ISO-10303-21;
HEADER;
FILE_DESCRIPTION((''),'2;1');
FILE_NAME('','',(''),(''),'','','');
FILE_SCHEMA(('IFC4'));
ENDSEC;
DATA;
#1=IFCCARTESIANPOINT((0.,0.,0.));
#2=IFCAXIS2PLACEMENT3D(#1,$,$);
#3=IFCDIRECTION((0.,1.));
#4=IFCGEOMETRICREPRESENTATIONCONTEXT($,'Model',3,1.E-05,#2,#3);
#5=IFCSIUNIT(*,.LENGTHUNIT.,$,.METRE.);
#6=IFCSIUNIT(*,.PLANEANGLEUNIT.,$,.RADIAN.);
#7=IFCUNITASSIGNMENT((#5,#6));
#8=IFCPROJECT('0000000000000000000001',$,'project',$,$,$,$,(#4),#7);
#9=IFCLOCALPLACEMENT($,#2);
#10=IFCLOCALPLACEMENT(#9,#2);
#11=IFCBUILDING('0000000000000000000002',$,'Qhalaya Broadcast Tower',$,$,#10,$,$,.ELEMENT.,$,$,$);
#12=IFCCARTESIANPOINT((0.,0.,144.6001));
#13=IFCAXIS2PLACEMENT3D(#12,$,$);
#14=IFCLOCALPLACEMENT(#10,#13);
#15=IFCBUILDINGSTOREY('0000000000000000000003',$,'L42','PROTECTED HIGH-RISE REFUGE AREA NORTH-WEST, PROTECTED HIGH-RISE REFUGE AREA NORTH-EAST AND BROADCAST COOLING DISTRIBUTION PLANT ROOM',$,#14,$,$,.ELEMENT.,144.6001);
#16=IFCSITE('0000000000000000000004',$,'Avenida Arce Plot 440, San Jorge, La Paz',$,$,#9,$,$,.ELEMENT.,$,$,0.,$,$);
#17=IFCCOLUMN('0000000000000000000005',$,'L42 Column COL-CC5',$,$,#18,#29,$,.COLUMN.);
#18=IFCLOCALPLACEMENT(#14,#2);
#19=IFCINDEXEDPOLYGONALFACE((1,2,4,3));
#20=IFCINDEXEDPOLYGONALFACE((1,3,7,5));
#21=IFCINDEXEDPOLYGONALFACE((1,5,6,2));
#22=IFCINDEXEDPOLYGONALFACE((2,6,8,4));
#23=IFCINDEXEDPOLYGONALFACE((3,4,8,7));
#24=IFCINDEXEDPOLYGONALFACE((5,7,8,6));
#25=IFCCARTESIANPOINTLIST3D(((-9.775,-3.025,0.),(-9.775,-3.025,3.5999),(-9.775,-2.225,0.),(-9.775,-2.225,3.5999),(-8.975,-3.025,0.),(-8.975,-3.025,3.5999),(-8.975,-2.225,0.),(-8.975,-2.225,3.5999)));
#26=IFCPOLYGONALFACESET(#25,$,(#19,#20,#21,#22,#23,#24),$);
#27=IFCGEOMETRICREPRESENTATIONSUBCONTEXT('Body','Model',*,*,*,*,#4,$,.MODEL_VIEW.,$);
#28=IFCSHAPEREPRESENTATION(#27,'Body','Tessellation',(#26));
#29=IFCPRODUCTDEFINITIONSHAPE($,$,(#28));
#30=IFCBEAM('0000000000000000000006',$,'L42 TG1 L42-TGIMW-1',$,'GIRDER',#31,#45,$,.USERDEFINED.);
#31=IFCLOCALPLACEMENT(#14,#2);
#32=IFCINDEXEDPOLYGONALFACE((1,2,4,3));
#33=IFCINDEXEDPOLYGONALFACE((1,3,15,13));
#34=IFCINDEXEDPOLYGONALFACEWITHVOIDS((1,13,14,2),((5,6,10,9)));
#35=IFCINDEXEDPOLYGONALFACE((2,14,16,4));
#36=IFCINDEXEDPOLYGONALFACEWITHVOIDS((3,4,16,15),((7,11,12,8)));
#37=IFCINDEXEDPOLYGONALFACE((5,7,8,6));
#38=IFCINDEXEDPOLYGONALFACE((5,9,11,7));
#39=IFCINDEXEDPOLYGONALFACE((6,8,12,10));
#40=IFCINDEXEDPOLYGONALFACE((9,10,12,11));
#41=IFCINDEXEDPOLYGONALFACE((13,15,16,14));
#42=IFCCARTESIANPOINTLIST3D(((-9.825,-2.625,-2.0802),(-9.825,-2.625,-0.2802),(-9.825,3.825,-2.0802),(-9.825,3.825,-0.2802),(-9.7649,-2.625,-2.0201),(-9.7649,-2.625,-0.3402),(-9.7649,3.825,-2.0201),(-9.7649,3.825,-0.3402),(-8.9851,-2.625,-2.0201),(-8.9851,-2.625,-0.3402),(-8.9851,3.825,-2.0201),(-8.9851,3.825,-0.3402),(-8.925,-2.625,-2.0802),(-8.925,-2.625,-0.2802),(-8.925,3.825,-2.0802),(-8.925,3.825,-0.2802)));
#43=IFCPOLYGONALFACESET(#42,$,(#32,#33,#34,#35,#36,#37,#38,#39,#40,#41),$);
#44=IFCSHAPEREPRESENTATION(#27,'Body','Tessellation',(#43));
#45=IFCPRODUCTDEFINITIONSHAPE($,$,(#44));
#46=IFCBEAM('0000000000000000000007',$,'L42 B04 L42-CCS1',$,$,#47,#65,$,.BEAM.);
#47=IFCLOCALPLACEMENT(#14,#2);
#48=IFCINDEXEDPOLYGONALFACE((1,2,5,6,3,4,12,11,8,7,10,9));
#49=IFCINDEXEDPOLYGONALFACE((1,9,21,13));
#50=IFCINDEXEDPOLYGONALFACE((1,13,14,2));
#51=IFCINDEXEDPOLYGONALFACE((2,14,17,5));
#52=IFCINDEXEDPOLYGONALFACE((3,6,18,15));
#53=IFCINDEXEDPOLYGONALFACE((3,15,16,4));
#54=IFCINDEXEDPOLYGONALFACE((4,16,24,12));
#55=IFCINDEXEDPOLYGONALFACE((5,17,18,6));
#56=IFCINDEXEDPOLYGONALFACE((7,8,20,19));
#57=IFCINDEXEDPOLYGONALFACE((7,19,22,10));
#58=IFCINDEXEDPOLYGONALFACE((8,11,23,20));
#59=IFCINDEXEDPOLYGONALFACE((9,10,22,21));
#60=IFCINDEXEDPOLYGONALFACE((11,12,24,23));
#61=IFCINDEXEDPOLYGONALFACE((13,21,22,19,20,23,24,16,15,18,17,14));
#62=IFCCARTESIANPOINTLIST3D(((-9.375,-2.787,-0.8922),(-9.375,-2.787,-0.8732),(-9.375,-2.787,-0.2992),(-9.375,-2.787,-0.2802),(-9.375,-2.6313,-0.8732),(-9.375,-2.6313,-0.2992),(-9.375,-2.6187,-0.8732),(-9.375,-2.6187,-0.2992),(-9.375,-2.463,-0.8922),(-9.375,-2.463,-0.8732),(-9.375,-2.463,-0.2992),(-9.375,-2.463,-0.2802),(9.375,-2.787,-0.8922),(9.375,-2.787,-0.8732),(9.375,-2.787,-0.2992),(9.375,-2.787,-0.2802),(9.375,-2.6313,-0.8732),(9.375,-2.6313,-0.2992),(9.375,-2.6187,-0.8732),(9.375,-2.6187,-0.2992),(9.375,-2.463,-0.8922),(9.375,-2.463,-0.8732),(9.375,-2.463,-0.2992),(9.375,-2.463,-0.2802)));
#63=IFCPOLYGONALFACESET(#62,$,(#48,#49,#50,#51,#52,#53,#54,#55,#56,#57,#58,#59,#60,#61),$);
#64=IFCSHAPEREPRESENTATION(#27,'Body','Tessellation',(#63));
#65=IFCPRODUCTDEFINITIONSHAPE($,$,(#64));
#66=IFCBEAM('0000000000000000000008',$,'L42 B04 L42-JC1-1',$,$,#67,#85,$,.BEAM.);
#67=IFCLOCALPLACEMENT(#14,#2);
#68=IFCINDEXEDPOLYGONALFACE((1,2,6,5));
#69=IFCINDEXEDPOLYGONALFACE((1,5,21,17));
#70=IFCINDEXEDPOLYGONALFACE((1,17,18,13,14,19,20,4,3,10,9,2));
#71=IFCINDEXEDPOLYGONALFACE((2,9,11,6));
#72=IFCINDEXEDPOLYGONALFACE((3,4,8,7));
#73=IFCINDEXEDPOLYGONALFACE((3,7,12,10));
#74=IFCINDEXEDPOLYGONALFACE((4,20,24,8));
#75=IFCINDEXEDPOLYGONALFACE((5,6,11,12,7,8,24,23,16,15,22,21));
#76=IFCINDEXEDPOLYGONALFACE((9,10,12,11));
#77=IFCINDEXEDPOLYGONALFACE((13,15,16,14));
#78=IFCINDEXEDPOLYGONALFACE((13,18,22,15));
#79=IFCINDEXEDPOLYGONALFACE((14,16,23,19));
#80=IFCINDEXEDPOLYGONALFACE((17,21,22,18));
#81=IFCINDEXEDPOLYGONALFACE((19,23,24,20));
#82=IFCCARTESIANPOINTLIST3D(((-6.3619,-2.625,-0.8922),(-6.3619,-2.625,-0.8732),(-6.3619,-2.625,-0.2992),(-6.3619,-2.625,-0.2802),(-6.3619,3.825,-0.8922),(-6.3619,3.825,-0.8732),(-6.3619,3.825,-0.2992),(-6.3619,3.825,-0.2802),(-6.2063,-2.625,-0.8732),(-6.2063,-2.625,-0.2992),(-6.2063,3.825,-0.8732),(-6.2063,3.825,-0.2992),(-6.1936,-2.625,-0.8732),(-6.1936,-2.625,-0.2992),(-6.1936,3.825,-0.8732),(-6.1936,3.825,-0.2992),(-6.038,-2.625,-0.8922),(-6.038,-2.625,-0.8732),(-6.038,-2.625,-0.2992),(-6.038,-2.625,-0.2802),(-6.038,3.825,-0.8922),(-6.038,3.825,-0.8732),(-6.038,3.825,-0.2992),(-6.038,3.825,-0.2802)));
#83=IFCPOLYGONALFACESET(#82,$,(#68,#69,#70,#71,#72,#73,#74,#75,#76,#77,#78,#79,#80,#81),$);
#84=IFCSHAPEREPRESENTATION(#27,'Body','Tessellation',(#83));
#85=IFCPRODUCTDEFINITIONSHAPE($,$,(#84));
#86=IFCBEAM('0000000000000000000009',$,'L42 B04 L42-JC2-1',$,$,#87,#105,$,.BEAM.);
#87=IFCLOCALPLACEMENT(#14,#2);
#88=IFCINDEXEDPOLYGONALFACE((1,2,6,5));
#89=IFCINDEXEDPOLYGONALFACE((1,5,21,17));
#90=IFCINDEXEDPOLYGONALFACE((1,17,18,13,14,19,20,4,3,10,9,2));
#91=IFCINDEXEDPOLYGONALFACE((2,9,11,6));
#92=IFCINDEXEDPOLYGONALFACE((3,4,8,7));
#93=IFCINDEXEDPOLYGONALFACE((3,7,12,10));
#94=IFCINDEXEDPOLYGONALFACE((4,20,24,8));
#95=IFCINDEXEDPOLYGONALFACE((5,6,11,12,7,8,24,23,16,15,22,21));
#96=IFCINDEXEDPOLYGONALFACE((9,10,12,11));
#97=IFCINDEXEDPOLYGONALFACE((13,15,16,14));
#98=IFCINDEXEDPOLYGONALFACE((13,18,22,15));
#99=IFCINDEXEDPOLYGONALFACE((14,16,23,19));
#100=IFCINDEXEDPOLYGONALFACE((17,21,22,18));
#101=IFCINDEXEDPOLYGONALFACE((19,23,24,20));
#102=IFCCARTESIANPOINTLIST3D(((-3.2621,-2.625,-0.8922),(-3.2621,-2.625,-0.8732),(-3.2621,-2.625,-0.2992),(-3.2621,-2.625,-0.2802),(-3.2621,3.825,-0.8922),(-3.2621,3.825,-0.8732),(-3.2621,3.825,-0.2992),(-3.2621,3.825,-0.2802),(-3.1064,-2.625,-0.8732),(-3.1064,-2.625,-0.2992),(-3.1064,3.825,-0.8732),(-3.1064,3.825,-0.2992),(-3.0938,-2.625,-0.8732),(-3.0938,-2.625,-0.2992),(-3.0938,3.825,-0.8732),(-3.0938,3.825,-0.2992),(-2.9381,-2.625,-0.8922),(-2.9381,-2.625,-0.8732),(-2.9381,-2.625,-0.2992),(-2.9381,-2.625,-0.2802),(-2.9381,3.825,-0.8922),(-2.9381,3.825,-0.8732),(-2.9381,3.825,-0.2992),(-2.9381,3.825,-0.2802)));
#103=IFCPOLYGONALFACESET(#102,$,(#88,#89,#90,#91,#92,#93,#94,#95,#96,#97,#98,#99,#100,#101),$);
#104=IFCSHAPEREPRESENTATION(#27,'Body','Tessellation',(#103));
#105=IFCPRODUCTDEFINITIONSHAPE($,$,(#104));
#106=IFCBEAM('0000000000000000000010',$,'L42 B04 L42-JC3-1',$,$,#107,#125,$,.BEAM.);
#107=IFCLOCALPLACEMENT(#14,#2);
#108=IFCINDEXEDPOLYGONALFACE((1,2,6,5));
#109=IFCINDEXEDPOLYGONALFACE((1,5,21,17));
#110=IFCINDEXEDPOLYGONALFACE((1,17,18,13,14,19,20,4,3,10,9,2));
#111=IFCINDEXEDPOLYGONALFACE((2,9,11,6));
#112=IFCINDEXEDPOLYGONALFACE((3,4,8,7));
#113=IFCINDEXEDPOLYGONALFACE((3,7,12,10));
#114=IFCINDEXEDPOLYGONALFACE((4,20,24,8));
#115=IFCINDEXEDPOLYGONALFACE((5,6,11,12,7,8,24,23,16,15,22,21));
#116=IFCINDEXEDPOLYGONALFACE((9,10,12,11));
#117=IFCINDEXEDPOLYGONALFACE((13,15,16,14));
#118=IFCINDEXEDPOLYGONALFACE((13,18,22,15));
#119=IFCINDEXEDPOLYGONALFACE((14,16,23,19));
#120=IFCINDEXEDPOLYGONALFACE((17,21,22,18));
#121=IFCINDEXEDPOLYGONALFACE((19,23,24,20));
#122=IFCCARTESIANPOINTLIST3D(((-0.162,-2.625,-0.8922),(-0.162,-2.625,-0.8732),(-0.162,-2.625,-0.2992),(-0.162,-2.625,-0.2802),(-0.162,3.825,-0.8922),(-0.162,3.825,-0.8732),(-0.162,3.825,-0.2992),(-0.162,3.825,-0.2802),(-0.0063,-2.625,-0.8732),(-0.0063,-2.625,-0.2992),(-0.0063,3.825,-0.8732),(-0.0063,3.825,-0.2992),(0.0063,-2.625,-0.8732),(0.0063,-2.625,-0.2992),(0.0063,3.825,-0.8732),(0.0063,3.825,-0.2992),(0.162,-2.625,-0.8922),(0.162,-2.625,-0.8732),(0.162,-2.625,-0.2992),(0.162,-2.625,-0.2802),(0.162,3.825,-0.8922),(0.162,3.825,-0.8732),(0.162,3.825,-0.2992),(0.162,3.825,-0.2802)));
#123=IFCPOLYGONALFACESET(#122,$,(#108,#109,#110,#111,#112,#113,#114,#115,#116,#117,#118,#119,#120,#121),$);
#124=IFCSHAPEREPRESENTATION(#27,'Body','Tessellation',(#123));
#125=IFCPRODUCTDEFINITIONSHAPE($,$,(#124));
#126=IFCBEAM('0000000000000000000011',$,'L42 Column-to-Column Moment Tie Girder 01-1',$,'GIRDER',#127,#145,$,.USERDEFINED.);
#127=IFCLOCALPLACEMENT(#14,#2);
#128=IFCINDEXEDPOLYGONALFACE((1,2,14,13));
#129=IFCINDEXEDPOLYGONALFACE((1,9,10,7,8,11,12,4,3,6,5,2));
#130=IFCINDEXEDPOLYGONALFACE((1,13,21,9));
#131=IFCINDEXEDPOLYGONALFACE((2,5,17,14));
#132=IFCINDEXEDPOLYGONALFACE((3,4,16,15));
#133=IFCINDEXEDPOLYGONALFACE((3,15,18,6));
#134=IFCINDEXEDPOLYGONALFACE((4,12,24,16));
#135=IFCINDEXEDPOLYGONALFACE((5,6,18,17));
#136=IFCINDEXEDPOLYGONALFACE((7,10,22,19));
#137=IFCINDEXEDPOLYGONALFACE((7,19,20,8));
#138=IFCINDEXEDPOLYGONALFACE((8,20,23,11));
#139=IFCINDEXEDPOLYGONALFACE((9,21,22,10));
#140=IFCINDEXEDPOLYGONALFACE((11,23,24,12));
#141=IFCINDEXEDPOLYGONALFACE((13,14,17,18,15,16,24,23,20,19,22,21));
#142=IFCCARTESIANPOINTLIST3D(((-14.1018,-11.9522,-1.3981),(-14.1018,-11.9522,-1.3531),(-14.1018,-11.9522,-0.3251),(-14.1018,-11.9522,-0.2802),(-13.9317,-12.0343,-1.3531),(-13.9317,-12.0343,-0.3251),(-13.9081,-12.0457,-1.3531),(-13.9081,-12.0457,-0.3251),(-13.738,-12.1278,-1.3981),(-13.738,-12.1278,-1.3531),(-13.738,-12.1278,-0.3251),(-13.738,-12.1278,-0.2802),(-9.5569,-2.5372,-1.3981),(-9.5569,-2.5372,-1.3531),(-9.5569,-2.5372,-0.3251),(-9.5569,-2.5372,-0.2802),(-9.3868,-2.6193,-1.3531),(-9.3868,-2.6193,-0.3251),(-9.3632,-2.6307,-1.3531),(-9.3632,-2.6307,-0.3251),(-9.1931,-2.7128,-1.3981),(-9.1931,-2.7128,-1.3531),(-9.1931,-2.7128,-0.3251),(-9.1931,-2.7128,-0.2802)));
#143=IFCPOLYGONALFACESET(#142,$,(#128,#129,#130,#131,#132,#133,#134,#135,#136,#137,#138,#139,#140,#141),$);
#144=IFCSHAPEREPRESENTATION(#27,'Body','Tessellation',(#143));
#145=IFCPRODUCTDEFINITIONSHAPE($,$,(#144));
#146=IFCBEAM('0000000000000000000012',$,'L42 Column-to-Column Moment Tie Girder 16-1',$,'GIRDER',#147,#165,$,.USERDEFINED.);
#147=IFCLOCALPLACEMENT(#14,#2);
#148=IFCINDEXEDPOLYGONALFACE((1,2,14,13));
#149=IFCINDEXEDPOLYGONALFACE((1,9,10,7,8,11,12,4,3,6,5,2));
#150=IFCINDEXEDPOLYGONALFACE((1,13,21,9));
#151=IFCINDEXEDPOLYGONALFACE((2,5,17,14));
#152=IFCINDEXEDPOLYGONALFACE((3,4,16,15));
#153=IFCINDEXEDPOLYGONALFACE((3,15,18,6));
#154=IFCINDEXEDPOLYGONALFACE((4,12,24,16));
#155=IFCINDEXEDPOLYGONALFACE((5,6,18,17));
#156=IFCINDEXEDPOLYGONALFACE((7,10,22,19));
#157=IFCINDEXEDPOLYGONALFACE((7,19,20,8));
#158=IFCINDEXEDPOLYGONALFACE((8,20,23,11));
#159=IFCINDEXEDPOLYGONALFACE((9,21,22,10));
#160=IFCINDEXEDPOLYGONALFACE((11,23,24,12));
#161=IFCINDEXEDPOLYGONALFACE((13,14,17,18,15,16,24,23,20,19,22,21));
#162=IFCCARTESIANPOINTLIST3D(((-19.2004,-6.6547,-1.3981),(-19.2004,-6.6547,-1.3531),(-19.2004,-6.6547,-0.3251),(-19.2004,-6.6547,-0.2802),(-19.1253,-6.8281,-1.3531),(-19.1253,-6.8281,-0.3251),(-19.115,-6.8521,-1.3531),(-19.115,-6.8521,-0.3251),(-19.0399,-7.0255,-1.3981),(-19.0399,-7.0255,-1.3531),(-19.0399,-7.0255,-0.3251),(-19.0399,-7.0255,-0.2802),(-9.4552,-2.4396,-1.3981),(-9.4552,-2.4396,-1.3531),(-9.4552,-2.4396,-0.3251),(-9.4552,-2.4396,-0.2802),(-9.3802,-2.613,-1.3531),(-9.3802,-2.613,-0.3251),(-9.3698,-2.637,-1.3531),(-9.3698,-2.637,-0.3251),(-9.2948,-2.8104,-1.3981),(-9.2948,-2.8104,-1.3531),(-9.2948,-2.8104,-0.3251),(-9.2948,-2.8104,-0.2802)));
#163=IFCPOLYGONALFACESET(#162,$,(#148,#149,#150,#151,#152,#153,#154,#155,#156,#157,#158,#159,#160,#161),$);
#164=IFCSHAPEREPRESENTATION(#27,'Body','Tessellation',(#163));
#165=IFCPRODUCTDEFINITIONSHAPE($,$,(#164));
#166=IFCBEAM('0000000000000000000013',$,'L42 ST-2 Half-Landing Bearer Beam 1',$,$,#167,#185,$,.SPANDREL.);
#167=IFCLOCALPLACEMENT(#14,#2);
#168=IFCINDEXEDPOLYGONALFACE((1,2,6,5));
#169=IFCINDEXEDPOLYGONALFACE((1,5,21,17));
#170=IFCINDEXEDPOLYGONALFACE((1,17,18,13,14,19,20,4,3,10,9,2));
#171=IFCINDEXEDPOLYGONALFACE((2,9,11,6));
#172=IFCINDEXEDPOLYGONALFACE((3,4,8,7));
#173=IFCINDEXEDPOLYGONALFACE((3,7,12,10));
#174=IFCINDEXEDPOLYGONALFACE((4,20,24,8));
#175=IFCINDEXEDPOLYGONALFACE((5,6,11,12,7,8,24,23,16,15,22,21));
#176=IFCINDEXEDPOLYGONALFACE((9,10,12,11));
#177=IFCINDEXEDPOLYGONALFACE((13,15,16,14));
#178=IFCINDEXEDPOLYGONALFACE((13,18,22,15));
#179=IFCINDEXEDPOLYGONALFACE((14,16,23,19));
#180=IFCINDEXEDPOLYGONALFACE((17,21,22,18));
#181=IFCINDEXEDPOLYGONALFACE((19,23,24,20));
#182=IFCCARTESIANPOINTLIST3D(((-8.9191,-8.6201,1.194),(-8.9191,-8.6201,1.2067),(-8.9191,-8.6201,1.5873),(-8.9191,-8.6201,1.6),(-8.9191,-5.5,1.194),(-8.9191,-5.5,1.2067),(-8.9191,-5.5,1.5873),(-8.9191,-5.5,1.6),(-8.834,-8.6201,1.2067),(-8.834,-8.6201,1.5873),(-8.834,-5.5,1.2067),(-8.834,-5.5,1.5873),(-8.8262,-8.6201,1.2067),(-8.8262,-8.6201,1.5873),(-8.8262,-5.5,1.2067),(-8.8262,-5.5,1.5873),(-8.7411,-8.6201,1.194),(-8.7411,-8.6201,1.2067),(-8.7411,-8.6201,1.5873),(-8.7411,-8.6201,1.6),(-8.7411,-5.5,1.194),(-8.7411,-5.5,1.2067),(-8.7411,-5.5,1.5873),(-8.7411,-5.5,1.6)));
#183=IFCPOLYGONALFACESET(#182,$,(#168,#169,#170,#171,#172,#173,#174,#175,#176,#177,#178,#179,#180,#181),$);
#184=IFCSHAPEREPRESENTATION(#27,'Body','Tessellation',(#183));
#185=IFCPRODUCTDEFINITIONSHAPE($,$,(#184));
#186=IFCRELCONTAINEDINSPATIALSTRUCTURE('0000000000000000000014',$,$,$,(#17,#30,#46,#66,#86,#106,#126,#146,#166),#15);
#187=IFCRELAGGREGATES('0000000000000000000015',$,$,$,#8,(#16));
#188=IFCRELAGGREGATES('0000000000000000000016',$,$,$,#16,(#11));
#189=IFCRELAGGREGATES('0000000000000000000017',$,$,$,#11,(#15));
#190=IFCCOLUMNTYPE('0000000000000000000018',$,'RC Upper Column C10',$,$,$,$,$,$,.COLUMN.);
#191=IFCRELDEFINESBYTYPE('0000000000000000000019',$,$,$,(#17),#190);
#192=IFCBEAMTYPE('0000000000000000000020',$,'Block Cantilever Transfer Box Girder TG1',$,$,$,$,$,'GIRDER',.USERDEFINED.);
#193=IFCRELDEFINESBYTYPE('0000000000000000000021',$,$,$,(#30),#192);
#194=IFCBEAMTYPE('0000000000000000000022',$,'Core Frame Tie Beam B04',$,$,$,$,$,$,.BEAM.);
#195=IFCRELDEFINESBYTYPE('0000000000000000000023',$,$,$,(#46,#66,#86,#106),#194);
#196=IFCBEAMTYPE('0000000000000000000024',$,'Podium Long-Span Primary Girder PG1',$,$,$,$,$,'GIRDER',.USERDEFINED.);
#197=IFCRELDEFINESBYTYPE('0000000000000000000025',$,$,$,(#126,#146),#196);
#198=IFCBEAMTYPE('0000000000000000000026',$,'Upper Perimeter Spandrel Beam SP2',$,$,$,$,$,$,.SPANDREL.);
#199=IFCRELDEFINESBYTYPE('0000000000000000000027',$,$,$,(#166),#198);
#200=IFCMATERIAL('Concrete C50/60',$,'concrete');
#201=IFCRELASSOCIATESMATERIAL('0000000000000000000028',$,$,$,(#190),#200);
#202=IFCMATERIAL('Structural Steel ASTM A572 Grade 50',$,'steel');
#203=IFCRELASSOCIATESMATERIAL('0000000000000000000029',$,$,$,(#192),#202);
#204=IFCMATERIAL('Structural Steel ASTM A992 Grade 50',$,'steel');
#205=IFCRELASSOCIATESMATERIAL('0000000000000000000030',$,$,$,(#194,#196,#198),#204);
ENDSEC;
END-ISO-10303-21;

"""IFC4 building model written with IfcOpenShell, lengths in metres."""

from ifc_helpers import new_model, si_unit, direction, frame, origin, origin_2d, place, context, subcontext, project, spatial, rectangle, hollow_rectangle, i_section, extrude, material, material_profile, profile_set, type_object, element, save


model = new_model("IFC4")

# Units and contexts
model_context = context("Model", 3, precision=1e-05, world=origin(), true_north=direction((0.0, 1.0)))
body_context = subcontext(model_context, "Body", "Model", "MODEL_VIEW")
ifc_project = project(units=[si_unit("LENGTHUNIT", "METRE"), si_unit("PLANEANGLEUNIT", "RADIAN")], contexts=[model_context])

# Site, building, storey
site_placement = place(None, origin())
site = spatial("IfcSite", under=ifc_project, at=site_placement, Name="Avenida Arce Plot 440, San Jorge, La Paz", CompositionType="ELEMENT", RefElevation=0.0)
building_placement = place(site_placement, origin())
building = spatial("IfcBuilding", under=site, at=building_placement, Name="Qhalaya Broadcast Tower", CompositionType="ELEMENT")
storey_placement = place(building_placement, frame((0.0, 0.0, 144.6001)))
storey = spatial("IfcBuildingStorey", under=building, at=storey_placement, Name="L42", Description="PROTECTED HIGH-RISE REFUGE AREA NORTH-WEST, PROTECTED HIGH-RISE REFUGE AREA NORTH-EAST AND BROADCAST COOLING DISTRIBUTION PLANT ROOM", CompositionType="ELEMENT", Elevation=144.6001)

# Column
ifc_material_1 = material(Name="Concrete C50/60", Category="concrete")
ifc_material_profile_1 = material_profile(ifc_material_1, rectangle(XDim=0.8, YDim=0.8, at=origin_2d()), Name="RC-COL 800x800")
ifc_profile_set_1 = profile_set([ifc_material_profile_1], Name="Concrete C50/60")
column_type = type_object("IfcColumnType", Name="RC Upper Column C10", PredefinedType="COLUMN", material=ifc_profile_set_1)
column_placement = place(storey_placement, frame((-9.375, -2.625, 0.0), z_axis=(0.0, 0.0, 1.0), x_axis=(1.0, 0.0, 0.0)))
element("IfcColumn", 1, at=column_placement, inside=storey, type_object=column_type, Name="L42 Column COL-CC5", PredefinedType="COLUMN", context=body_context, shape_type="SweptSolid", body=[
    extrude(rectangle(XDim=0.8, YDim=0.8, at=origin_2d()), origin(), (0.0, 0.0, 1.0), 3.5999),
])

# Beams
ifc_material_2 = material(Name="Structural Steel ASTM A572 Grade 50", Category="steel")
ifc_material_profile_2 = material_profile(ifc_material_2, hollow_rectangle(XDim=0.8999, YDim=1.8, WallThickness=0.0601, at=origin_2d()), Name="BOX 900x1800x60")
ifc_profile_set_2 = profile_set([ifc_material_profile_2], Name="Structural Steel ASTM A572 Grade 50")
beam_type_1 = type_object("IfcBeamType", Name="Block Cantilever Transfer Box Girder TG1", ElementType="GIRDER", PredefinedType="USERDEFINED", material=ifc_profile_set_2)
beam_1_placement = place(storey_placement, frame((-9.375, -2.625, -1.1802), z_axis=(0.0, 1.0, 0.0), x_axis=(-1.0, 0.0, 0.0)))
element("IfcBeam", 2, at=beam_1_placement, inside=storey, type_object=beam_type_1, Name="L42 TG1 L42-TGIMW-1", ObjectType="GIRDER", PredefinedType="USERDEFINED", context=body_context, shape_type="SweptSolid", body=[
    extrude(hollow_rectangle(XDim=0.8999, YDim=1.8, WallThickness=0.0601, at=origin_2d()), origin(), (0.0, 0.0, 1.0), 6.45),
])
ifc_material_3 = material(Name="Structural Steel ASTM A992 Grade 50", Category="steel")
ifc_material_profile_3 = material_profile(ifc_material_3, i_section(OverallWidth=0.324, OverallDepth=0.6121, WebThickness=0.0127, FlangeThickness=0.019, at=origin_2d()), Name="W24X104")
ifc_profile_set_3 = profile_set([ifc_material_profile_3], Name="Structural Steel ASTM A992 Grade 50")
beam_type_2 = type_object("IfcBeamType", Name="Core Frame Tie Beam B04", PredefinedType="BEAM", material=ifc_profile_set_3)
beam_2_placement = place(storey_placement, frame((-9.375, -2.625, -0.5862), z_axis=(1.0, 0.0, 0.0), x_axis=(0.0, 1.0, 0.0)))
element("IfcBeam", 3, at=beam_2_placement, inside=storey, type_object=beam_type_2, Name="L42 B04 L42-CCS1", PredefinedType="BEAM", context=body_context, shape_type="SweptSolid", body=[
    extrude(i_section(OverallWidth=0.324, OverallDepth=0.6121, WebThickness=0.0127, FlangeThickness=0.019, at=origin_2d()), origin(), (0.0, 0.0, 1.0), 18.75),
])
for number, where, z_axis, x_axis, name in (
    (4, (-6.2, -2.625, -0.5862), (0.0, 1.0, 0.0), (-1.0, 0.0, 0.0), "L42 B04 L42-JC1-1"),
    (5, (-3.1001, -2.625, -0.5862), (0.0, 1.0, 0.0), (-1.0, 0.0, 0.0), "L42 B04 L42-JC2-1"),
    (6, (0.0, -2.625, -0.5862), (0.0, 1.0, 0.0), (-1.0, 0.0, 0.0), "L42 B04 L42-JC3-1"),
):
    element("IfcBeam", number, at=place(storey_placement, frame(where, z_axis=z_axis, x_axis=x_axis)), inside=storey, type_object=beam_type_2, Name=name, PredefinedType="BEAM", context=body_context, shape_type="SweptSolid", body=[
        extrude(i_section(OverallWidth=0.324, OverallDepth=0.6121, WebThickness=0.0127, FlangeThickness=0.019, at=origin_2d()), origin(), (0.0, 0.0, 1.0), 6.45),
    ])
ifc_material_profile_4 = material_profile(ifc_material_3, i_section(OverallWidth=0.4041, OverallDepth=1.1179, WebThickness=0.0261, FlangeThickness=0.0449, at=origin_2d()), Name="W44X335")
ifc_profile_set_4 = profile_set([ifc_material_profile_4], Name="Structural Steel ASTM A992 Grade 50")
beam_type_3 = type_object("IfcBeamType", Name="Podium Long-Span Primary Girder PG1", ElementType="GIRDER", PredefinedType="USERDEFINED", material=ifc_profile_set_4)
beam_3_placement = place(storey_placement, frame((-9.375, -2.625, -0.8391), z_axis=(-0.434728, -0.900562, 0.0), x_axis=(0.900562, -0.434728, 0.0)))
element("IfcBeam", 7, at=beam_3_placement, inside=storey, type_object=beam_type_3, Name="L42 Column-to-Column Moment Tie Girder 01-1", ObjectType="GIRDER", PredefinedType="USERDEFINED", context=body_context, shape_type="SweptSolid", body=[
    extrude(i_section(OverallWidth=0.4041, OverallDepth=1.1179, WebThickness=0.0261, FlangeThickness=0.0449, at=origin_2d()), origin(), (0.0, 0.0, 1.0), 10.4546),
])
beam_4_placement = place(storey_placement, frame((-9.375, -2.625, -0.8391), z_axis=(-0.917823, -0.396989, 0.0), x_axis=(0.396989, -0.917823, 0.0)))
element("IfcBeam", 8, at=beam_4_placement, inside=storey, type_object=beam_type_3, Name="L42 Column-to-Column Moment Tie Girder 16-1", ObjectType="GIRDER", PredefinedType="USERDEFINED", context=body_context, shape_type="SweptSolid", body=[
    extrude(i_section(OverallWidth=0.4041, OverallDepth=1.1179, WebThickness=0.0261, FlangeThickness=0.0449, at=origin_2d()), origin(), (0.0, 0.0, 1.0), 10.6177),
])
ifc_material_profile_5 = material_profile(ifc_material_3, i_section(OverallWidth=0.178, OverallDepth=0.406, WebThickness=0.0078, FlangeThickness=0.0127, at=origin_2d()), Name="W16X40")
ifc_profile_set_5 = profile_set([ifc_material_profile_5], Name="Structural Steel ASTM A992 Grade 50")
beam_type_4 = type_object("IfcBeamType", Name="Upper Perimeter Spandrel Beam SP2", PredefinedType="SPANDREL", material=ifc_profile_set_5)
for number, where, z_axis, x_axis, name in (
    (9, (-8.8301, -8.6201, 1.397), (0.0, 1.0, 0.0), (-1.0, 0.0, 0.0), "L42 ST-2 Half-Landing Bearer Beam 1"),
):
    element("IfcBeam", number, at=place(storey_placement, frame(where, z_axis=z_axis, x_axis=x_axis)), inside=storey, type_object=beam_type_4, Name=name, PredefinedType="SPANDREL", context=body_context, shape_type="SweptSolid", body=[
        extrude(i_section(OverallWidth=0.178, OverallDepth=0.406, WebThickness=0.0078, FlangeThickness=0.0127, at=origin_2d()), origin(), (0.0, 0.0, 1.0), 3.1201),
    ])

save(model, "model.ifc")
